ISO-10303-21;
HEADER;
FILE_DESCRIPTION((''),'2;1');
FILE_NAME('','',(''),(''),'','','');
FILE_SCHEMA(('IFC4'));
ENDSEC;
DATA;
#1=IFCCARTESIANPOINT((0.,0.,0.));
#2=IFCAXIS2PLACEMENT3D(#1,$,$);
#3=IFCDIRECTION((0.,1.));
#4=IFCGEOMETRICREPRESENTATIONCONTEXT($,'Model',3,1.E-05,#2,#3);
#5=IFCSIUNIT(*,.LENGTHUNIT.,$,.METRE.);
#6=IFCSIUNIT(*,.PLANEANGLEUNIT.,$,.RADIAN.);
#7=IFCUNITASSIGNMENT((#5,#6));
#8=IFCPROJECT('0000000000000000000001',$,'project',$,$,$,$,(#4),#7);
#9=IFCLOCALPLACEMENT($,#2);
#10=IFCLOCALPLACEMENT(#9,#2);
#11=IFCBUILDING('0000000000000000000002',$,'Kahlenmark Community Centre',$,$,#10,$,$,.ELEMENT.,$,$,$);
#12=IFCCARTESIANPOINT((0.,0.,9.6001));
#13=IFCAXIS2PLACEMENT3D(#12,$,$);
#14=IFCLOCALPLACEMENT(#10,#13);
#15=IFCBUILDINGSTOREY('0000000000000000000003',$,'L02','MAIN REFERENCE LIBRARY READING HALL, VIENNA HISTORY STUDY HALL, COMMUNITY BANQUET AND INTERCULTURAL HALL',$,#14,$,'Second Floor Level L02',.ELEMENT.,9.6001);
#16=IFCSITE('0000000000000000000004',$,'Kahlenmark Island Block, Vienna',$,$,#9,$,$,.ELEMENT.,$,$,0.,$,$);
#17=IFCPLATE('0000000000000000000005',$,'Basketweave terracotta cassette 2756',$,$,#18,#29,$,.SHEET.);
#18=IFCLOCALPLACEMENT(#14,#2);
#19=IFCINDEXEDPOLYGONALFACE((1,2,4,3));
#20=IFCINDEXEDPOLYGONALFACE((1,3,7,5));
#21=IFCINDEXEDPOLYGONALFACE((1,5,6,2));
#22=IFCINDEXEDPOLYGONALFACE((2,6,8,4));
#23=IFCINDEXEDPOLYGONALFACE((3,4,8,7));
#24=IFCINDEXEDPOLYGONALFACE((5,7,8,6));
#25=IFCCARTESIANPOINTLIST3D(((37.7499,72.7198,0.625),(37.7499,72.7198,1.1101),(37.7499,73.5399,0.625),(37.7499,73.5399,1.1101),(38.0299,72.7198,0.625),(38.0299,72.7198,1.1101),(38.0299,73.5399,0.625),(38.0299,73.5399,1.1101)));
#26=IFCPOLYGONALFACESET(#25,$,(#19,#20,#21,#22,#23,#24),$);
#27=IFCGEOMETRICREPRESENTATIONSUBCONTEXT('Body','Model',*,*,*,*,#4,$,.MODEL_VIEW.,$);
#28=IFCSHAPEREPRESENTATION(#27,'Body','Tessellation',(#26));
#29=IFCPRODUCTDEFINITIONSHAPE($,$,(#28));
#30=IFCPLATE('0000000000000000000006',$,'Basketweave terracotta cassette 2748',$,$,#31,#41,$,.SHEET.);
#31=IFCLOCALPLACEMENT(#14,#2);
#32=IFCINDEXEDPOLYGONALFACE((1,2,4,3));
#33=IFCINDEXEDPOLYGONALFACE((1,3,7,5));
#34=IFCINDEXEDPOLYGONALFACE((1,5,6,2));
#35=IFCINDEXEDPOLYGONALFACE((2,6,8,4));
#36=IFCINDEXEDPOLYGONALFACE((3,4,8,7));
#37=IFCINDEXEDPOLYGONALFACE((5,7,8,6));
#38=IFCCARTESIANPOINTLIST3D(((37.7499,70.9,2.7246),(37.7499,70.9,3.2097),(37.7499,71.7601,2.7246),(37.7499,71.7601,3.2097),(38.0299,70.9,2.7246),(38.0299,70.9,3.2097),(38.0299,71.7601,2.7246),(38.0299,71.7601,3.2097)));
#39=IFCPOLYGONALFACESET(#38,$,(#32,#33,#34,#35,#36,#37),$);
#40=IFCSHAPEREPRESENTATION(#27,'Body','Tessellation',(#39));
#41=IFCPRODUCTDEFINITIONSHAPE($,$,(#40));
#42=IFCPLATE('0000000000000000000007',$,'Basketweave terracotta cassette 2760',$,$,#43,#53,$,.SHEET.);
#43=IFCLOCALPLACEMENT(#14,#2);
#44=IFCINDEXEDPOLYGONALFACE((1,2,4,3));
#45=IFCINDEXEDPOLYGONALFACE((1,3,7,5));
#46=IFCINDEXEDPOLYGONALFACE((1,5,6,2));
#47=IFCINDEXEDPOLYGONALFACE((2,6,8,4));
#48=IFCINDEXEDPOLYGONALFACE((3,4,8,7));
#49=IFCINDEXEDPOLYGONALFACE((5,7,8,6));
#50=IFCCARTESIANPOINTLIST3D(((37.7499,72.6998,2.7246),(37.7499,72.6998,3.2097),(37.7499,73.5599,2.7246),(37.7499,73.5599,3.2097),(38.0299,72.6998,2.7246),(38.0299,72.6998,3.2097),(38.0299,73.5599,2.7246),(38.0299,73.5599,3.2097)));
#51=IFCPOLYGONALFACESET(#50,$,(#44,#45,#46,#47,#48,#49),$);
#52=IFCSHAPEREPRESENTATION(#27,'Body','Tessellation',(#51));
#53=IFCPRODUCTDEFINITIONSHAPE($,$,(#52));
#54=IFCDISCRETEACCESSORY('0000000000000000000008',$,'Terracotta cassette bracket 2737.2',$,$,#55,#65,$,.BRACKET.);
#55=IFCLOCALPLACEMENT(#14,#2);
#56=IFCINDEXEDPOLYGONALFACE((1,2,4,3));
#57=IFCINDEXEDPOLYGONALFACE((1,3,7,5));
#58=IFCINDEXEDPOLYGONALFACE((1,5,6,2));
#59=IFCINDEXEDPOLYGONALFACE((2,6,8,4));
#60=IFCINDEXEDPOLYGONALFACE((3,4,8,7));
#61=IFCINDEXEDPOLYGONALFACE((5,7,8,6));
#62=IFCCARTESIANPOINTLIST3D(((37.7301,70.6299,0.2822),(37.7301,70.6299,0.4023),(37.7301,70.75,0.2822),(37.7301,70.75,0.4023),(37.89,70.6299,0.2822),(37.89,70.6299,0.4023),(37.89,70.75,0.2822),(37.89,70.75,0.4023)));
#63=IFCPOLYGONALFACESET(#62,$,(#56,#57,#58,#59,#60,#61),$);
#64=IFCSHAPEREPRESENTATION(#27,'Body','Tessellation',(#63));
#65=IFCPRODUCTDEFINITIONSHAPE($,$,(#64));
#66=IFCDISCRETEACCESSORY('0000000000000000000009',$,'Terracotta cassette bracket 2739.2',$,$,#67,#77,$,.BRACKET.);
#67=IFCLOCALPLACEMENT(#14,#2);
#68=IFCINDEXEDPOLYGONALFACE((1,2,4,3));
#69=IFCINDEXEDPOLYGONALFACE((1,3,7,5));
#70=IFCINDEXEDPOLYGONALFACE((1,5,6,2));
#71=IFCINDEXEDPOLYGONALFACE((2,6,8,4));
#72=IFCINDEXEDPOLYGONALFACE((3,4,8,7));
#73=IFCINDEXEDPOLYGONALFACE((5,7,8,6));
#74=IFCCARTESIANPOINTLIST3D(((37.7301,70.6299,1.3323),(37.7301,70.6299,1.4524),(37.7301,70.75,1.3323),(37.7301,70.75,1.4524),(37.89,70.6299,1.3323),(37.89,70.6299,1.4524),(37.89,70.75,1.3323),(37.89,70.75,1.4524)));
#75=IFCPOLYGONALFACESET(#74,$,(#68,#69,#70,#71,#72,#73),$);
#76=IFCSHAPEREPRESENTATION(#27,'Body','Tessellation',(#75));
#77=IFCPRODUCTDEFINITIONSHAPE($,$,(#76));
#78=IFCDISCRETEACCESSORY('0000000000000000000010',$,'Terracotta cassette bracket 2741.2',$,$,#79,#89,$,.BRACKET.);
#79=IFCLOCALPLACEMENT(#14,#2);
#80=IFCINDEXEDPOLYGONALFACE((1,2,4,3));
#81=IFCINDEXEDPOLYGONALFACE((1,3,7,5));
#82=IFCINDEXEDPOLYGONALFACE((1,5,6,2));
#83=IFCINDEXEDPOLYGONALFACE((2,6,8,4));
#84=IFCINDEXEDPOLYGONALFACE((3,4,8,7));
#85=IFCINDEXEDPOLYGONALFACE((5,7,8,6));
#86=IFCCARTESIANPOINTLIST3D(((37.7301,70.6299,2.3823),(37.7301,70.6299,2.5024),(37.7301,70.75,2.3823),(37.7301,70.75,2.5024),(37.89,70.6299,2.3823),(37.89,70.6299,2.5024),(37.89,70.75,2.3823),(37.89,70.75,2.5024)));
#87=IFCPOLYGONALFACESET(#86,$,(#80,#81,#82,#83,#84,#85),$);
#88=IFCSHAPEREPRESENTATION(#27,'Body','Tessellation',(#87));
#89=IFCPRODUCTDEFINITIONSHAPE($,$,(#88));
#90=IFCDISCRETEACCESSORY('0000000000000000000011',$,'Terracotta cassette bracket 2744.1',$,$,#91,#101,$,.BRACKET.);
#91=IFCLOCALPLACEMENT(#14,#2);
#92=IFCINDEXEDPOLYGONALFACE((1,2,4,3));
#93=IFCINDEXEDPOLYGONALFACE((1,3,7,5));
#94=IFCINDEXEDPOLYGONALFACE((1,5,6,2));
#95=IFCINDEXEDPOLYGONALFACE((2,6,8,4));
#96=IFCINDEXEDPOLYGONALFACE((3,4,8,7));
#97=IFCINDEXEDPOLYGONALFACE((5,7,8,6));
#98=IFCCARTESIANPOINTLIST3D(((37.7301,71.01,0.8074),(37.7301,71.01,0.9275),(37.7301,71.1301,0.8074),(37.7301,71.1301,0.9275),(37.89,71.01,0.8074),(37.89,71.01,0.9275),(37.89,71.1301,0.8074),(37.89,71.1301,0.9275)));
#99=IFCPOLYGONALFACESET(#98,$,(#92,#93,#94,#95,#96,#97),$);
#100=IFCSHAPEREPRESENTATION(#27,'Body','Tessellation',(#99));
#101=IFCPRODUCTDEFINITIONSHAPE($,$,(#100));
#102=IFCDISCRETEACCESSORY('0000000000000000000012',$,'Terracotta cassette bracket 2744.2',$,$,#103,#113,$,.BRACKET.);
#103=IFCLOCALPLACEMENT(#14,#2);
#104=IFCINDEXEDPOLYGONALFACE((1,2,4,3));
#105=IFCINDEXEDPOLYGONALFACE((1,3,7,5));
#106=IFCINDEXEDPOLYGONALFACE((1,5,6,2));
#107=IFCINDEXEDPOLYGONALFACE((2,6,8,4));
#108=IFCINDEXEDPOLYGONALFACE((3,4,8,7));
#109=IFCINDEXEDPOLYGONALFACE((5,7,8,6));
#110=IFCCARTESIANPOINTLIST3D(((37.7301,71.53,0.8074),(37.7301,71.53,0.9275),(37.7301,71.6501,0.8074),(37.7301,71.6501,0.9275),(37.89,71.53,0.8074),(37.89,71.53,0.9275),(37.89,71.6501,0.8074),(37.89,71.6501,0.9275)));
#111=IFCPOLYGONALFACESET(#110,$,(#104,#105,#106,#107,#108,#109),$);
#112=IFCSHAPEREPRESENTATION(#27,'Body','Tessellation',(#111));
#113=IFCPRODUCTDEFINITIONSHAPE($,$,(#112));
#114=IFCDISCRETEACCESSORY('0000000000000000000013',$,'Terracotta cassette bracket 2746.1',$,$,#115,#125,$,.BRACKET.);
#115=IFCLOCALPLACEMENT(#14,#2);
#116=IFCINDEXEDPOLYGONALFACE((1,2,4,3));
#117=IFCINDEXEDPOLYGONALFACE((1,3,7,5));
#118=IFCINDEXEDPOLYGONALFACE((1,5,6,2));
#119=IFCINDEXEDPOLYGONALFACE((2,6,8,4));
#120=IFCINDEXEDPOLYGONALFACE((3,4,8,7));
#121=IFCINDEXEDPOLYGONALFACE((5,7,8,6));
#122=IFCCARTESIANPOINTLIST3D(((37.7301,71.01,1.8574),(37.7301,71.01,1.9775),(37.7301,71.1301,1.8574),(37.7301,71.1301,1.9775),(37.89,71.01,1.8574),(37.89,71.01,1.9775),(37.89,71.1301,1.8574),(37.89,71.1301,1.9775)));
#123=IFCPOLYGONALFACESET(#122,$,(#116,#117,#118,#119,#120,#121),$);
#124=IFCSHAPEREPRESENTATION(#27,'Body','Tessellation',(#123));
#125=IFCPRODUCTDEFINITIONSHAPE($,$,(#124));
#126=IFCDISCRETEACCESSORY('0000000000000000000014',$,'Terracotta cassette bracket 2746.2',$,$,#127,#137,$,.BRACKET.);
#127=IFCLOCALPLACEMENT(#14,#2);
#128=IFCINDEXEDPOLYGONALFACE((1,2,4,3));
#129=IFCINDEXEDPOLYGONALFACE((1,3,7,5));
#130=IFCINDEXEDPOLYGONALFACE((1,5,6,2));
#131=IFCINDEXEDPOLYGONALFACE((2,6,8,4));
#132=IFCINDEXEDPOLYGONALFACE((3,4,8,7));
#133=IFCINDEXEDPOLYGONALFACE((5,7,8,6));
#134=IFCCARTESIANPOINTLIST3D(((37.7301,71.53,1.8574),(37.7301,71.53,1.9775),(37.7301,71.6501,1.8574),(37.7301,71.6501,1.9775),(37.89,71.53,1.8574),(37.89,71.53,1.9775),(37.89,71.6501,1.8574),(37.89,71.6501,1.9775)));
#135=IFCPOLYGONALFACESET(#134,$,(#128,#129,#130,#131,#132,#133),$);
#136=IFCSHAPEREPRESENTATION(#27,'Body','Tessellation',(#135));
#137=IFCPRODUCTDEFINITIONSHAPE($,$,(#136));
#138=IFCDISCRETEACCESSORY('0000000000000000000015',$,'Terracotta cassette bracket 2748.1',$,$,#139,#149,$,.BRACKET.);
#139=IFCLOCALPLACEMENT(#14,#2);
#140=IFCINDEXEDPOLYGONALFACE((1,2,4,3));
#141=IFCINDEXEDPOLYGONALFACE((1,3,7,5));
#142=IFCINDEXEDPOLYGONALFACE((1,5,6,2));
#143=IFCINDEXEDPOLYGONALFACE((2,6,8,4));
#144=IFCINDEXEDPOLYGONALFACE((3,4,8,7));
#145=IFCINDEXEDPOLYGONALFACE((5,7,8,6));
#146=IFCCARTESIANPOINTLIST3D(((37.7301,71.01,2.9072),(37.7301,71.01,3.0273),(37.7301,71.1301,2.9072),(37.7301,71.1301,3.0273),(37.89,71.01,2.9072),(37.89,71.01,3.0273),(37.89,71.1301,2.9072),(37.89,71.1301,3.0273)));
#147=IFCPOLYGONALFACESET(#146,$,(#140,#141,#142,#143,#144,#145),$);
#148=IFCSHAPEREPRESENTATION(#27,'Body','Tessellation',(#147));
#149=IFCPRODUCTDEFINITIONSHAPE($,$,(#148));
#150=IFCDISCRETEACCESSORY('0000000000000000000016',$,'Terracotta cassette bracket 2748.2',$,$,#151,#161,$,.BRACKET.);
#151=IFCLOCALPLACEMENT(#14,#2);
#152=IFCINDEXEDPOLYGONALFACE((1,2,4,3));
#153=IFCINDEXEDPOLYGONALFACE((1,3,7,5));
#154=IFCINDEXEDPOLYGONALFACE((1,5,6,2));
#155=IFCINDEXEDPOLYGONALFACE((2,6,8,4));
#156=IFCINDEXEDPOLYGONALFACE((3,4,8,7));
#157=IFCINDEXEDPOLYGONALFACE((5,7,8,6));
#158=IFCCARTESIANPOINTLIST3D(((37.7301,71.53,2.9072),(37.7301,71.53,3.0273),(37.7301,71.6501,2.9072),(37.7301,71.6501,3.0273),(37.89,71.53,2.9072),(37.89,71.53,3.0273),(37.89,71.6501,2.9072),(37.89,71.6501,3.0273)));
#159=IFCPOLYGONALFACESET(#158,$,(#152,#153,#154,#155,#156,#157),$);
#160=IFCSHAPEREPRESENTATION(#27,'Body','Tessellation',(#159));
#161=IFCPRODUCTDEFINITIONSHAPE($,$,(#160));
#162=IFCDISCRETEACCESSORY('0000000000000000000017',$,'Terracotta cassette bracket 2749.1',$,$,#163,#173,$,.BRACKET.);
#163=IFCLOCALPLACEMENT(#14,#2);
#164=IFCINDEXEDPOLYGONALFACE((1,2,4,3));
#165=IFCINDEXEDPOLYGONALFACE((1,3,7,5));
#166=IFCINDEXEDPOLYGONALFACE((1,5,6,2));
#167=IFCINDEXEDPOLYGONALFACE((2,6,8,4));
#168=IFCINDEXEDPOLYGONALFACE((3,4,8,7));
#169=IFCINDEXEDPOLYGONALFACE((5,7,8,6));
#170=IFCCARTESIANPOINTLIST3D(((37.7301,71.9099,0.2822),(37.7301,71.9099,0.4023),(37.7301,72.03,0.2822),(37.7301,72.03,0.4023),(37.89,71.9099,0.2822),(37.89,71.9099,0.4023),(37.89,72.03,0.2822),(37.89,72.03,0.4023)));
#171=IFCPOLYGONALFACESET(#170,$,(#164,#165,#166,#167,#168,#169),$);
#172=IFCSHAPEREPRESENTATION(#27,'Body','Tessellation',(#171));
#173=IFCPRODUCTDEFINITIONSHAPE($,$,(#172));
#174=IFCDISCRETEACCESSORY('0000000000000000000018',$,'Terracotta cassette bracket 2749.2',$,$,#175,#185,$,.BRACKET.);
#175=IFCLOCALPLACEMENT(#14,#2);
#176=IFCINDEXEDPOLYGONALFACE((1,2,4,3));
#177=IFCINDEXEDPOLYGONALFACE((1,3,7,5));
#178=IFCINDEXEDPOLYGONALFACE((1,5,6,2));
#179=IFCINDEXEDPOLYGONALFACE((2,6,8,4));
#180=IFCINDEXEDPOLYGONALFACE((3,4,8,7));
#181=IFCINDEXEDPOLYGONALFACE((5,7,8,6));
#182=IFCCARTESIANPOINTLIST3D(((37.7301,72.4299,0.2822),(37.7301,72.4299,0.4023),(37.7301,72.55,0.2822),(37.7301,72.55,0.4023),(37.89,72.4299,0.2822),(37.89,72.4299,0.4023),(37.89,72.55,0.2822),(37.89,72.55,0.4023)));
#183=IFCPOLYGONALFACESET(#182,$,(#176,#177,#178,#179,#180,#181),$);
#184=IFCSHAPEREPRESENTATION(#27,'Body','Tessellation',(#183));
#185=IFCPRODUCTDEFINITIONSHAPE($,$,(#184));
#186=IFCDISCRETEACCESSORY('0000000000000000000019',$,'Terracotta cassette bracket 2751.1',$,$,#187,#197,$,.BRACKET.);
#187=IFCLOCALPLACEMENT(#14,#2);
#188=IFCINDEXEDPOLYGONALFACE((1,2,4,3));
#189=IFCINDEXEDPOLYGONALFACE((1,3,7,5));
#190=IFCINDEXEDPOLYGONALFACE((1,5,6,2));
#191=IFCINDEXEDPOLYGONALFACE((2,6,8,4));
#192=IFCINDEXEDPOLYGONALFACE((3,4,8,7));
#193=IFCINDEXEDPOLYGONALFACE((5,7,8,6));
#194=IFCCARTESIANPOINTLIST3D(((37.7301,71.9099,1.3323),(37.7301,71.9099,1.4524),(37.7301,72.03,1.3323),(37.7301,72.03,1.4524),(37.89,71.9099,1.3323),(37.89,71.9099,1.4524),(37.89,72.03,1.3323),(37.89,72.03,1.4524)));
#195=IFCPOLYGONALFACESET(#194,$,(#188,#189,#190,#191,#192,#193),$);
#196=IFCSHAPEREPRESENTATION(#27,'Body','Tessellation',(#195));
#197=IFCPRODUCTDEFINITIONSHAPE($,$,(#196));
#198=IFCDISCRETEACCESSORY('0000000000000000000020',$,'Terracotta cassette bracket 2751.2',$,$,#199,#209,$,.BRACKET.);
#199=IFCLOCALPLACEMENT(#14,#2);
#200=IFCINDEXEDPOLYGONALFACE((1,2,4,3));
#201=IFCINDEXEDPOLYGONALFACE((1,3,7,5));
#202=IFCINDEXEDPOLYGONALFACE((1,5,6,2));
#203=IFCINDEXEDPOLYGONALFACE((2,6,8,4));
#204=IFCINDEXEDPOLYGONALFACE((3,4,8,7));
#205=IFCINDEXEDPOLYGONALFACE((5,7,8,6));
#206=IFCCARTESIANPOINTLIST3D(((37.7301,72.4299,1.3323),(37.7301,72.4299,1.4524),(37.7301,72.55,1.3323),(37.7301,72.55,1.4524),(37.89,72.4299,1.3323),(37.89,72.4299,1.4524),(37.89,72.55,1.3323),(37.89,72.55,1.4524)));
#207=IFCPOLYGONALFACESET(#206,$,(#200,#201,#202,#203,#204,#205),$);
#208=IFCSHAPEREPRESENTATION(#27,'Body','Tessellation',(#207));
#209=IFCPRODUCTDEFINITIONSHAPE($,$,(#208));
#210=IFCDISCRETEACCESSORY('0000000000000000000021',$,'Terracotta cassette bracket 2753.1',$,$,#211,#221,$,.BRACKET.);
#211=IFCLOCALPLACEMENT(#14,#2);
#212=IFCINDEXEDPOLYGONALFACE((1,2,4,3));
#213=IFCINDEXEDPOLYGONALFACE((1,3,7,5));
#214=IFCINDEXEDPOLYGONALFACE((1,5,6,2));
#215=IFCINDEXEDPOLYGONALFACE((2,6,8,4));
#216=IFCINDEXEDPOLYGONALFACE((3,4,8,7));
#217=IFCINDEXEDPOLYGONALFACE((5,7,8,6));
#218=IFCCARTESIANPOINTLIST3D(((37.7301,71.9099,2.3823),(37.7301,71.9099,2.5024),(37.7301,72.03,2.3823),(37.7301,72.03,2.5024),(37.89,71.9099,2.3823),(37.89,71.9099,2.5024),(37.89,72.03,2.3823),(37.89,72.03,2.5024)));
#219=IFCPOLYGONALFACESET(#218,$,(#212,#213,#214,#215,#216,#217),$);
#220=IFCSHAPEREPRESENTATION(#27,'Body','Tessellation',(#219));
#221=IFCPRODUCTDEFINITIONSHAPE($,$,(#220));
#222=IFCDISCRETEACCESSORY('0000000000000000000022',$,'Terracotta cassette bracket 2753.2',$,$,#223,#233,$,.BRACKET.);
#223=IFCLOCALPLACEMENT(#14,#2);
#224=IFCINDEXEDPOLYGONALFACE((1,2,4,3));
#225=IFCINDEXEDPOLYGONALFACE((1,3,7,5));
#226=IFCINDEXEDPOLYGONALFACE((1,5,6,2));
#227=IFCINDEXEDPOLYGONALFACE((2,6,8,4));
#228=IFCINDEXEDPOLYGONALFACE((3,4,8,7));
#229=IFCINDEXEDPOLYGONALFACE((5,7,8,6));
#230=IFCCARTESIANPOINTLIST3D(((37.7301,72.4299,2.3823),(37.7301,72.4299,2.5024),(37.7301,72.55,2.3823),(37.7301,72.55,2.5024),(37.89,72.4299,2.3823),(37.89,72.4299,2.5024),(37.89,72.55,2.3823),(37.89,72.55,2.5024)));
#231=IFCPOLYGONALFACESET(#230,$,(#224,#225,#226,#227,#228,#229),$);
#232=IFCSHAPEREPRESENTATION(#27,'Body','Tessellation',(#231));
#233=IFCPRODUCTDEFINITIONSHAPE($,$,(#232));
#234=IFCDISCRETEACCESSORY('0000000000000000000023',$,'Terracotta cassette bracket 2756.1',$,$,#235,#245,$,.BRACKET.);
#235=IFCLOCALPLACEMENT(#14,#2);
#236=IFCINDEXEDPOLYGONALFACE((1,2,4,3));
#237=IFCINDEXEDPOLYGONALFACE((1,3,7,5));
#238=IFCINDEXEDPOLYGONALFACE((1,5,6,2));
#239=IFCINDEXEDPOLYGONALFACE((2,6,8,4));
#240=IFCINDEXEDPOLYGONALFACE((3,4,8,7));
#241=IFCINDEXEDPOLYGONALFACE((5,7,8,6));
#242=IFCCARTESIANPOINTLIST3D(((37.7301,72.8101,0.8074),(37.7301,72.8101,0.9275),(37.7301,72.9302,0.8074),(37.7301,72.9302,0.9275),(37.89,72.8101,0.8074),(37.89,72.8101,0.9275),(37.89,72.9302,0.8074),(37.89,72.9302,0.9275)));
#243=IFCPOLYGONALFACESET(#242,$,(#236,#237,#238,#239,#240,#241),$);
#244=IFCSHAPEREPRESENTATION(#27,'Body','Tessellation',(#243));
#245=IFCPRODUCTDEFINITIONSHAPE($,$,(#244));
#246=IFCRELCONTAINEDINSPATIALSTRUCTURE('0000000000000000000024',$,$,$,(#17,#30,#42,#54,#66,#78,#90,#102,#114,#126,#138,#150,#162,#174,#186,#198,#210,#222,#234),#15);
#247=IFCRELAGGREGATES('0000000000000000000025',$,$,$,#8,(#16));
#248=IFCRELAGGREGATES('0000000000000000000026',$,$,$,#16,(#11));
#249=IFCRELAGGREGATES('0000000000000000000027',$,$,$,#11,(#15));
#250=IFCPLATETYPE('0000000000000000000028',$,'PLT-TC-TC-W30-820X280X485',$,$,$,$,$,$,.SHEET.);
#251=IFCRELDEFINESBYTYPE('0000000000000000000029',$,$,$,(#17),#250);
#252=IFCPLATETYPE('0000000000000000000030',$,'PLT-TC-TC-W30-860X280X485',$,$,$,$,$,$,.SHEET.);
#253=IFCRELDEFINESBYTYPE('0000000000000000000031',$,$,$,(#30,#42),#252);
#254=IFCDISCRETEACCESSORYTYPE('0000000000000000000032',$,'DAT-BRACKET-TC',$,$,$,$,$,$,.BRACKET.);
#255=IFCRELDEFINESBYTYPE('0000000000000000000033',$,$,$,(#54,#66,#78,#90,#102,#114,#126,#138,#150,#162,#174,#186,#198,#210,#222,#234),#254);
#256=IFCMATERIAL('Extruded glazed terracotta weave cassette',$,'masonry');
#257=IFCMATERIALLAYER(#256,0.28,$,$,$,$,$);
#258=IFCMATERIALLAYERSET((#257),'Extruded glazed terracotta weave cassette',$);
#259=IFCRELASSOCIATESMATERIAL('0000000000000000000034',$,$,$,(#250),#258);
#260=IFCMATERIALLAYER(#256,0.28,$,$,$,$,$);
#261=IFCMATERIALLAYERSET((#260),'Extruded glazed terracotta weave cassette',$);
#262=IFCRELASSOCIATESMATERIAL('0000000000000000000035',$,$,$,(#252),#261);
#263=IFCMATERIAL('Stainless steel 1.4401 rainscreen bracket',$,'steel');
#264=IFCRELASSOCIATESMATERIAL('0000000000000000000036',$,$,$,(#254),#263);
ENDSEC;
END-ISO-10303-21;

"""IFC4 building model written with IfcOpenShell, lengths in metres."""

from ifc_helpers import new_model, si_unit, direction, frame, origin, origin_2d, place, context, subcontext, project, spatial, rectangle, extrude, material, layer, layer_set, type_object, element, save


model = new_model("IFC4")

# Units and contexts
model_context = context("Model", 3, precision=1e-05, world=origin(), true_north=direction((0.0, 1.0)))
body_context = subcontext(model_context, "Body", "Model", "MODEL_VIEW")
ifc_project = project(units=[si_unit("LENGTHUNIT", "METRE"), si_unit("PLANEANGLEUNIT", "RADIAN")], contexts=[model_context])

# Site, building, storey
site_placement = place(None, origin())
site = spatial("IfcSite", under=ifc_project, at=site_placement, Name="Kahlenmark Island Block, Vienna", CompositionType="ELEMENT", RefElevation=0.0)
building_placement = place(site_placement, origin())
building = spatial("IfcBuilding", under=site, at=building_placement, Name="Kahlenmark Community Centre", CompositionType="ELEMENT")
storey_placement = place(building_placement, frame((0.0, 0.0, 9.6001)))
storey = spatial("IfcBuildingStorey", under=building, at=storey_placement, Name="L02", Description="MAIN REFERENCE LIBRARY READING HALL, VIENNA HISTORY STUDY HALL, COMMUNITY BANQUET AND INTERCULTURAL HALL", LongName="Second Floor Level L02", CompositionType="ELEMENT", Elevation=9.6001)

# Plates
ifc_material_1 = material(Name="Extruded glazed terracotta weave cassette", Category="masonry")
ifc_layer_1 = layer(ifc_material_1, 0.28)
ifc_layer_set_1 = layer_set([ifc_layer_1], Name="Extruded glazed terracotta weave cassette")
plate_type_1 = type_object("IfcPlateType", Name="PLT-TC-TC-W30-820X280X485", PredefinedType="SHEET", material=ifc_layer_set_1)
for number, where, z_axis, x_axis, name in (
    (1, (37.8899, 73.1299, 0.625), (0.0, 0.0, 1.0), (0.0, 1.0, 0.0), "Basketweave terracotta cassette 2756"),
):
    element("IfcPlate", number, at=place(storey_placement, frame(where, z_axis=z_axis, x_axis=x_axis)), inside=storey, type_object=plate_type_1, Name=name, PredefinedType="SHEET", context=body_context, shape_type="SweptSolid", body=[
        extrude(rectangle(XDim=0.8201, YDim=0.28, at=origin_2d()), origin(), (0.0, 0.0, 1.0), 0.4851),
    ])
ifc_layer_2 = layer(ifc_material_1, 0.28)
ifc_layer_set_2 = layer_set([ifc_layer_2], Name="Extruded glazed terracotta weave cassette")
plate_type_2 = type_object("IfcPlateType", Name="PLT-TC-TC-W30-860X280X485", PredefinedType="SHEET", material=ifc_layer_set_2)
for number, where, z_axis, x_axis, name in (
    (2, (37.8899, 71.3301, 2.7246), (0.0, 0.0, 1.0), (0.0, 1.0, 0.0), "Basketweave terracotta cassette 2748"),
    (3, (37.8899, 73.1299, 2.7246), (0.0, 0.0, 1.0), (0.0, 1.0, 0.0), "Basketweave terracotta cassette 2760"),
):
    element("IfcPlate", number, at=place(storey_placement, frame(where, z_axis=z_axis, x_axis=x_axis)), inside=storey, type_object=plate_type_2, Name=name, PredefinedType="SHEET", context=body_context, shape_type="SweptSolid", body=[
        extrude(rectangle(XDim=0.8601, YDim=0.28, at=origin_2d()), origin(), (0.0, 0.0, 1.0), 0.4851),
    ])

# Discrete accessories
ifc_material_2 = material(Name="Stainless steel 1.4401 rainscreen bracket", Category="steel")
discrete_accessory_type = type_object("IfcDiscreteAccessoryType", Name="DAT-BRACKET-TC", PredefinedType="BRACKET", material=ifc_material_2)
for number, where, z_axis, x_axis, name in (
    (4, (37.8101, 70.6899, 0.2822), (0.0, 0.0, 1.0), (0.0, 1.0, 0.0), "Terracotta cassette bracket 2737.2"),
    (5, (37.8101, 70.6899, 1.3323), (0.0, 0.0, 1.0), (0.0, 1.0, 0.0), "Terracotta cassette bracket 2739.2"),
    (6, (37.8101, 70.6899, 2.3823), (0.0, 0.0, 1.0), (0.0, 1.0, 0.0), "Terracotta cassette bracket 2741.2"),
    (7, (37.8101, 71.0701, 0.8074), (0.0, 0.0, 1.0), (0.0, 1.0, 0.0), "Terracotta cassette bracket 2744.1"),
    (8, (37.8101, 71.5901, 0.8074), (0.0, 0.0, 1.0), (0.0, 1.0, 0.0), "Terracotta cassette bracket 2744.2"),
    (9, (37.8101, 71.0701, 1.8574), (0.0, 0.0, 1.0), (0.0, 1.0, 0.0), "Terracotta cassette bracket 2746.1"),
    (10, (37.8101, 71.5901, 1.8574), (0.0, 0.0, 1.0), (0.0, 1.0, 0.0), "Terracotta cassette bracket 2746.2"),
    (11, (37.8101, 71.0701, 2.9072), (0.0, 0.0, 1.0), (0.0, 1.0, 0.0), "Terracotta cassette bracket 2748.1"),
    (12, (37.8101, 71.5901, 2.9072), (0.0, 0.0, 1.0), (0.0, 1.0, 0.0), "Terracotta cassette bracket 2748.2"),
    (13, (37.8101, 71.97, 0.2822), (0.0, 0.0, 1.0), (0.0, 1.0, 0.0), "Terracotta cassette bracket 2749.1"),
    (14, (37.8101, 72.49, 0.2822), (0.0, 0.0, 1.0), (0.0, 1.0, 0.0), "Terracotta cassette bracket 2749.2"),
    (15, (37.8101, 71.97, 1.3323), (0.0, 0.0, 1.0), (0.0, 1.0, 0.0), "Terracotta cassette bracket 2751.1"),
    (16, (37.8101, 72.49, 1.3323), (0.0, 0.0, 1.0), (0.0, 1.0, 0.0), "Terracotta cassette bracket 2751.2"),
    (17, (37.8101, 71.97, 2.3823), (0.0, 0.0, 1.0), (0.0, 1.0, 0.0), "Terracotta cassette bracket 2753.1"),
    (18, (37.8101, 72.49, 2.3823), (0.0, 0.0, 1.0), (0.0, 1.0, 0.0), "Terracotta cassette bracket 2753.2"),
    (19, (37.8101, 72.8701, 0.8074), (0.0, 0.0, 1.0), (0.0, 1.0, 0.0), "Terracotta cassette bracket 2756.1"),
):
    element("IfcDiscreteAccessory", number, at=place(storey_placement, frame(where, z_axis=z_axis, x_axis=x_axis)), inside=storey, type_object=discrete_accessory_type, Name=name, PredefinedType="BRACKET", context=body_context, shape_type="SweptSolid", body=[
        extrude(rectangle(XDim=0.1201, YDim=0.1599, at=origin_2d()), origin(), (0.0, 0.0, 1.0), 0.1201),
    ])

save(model, "model.ifc")
